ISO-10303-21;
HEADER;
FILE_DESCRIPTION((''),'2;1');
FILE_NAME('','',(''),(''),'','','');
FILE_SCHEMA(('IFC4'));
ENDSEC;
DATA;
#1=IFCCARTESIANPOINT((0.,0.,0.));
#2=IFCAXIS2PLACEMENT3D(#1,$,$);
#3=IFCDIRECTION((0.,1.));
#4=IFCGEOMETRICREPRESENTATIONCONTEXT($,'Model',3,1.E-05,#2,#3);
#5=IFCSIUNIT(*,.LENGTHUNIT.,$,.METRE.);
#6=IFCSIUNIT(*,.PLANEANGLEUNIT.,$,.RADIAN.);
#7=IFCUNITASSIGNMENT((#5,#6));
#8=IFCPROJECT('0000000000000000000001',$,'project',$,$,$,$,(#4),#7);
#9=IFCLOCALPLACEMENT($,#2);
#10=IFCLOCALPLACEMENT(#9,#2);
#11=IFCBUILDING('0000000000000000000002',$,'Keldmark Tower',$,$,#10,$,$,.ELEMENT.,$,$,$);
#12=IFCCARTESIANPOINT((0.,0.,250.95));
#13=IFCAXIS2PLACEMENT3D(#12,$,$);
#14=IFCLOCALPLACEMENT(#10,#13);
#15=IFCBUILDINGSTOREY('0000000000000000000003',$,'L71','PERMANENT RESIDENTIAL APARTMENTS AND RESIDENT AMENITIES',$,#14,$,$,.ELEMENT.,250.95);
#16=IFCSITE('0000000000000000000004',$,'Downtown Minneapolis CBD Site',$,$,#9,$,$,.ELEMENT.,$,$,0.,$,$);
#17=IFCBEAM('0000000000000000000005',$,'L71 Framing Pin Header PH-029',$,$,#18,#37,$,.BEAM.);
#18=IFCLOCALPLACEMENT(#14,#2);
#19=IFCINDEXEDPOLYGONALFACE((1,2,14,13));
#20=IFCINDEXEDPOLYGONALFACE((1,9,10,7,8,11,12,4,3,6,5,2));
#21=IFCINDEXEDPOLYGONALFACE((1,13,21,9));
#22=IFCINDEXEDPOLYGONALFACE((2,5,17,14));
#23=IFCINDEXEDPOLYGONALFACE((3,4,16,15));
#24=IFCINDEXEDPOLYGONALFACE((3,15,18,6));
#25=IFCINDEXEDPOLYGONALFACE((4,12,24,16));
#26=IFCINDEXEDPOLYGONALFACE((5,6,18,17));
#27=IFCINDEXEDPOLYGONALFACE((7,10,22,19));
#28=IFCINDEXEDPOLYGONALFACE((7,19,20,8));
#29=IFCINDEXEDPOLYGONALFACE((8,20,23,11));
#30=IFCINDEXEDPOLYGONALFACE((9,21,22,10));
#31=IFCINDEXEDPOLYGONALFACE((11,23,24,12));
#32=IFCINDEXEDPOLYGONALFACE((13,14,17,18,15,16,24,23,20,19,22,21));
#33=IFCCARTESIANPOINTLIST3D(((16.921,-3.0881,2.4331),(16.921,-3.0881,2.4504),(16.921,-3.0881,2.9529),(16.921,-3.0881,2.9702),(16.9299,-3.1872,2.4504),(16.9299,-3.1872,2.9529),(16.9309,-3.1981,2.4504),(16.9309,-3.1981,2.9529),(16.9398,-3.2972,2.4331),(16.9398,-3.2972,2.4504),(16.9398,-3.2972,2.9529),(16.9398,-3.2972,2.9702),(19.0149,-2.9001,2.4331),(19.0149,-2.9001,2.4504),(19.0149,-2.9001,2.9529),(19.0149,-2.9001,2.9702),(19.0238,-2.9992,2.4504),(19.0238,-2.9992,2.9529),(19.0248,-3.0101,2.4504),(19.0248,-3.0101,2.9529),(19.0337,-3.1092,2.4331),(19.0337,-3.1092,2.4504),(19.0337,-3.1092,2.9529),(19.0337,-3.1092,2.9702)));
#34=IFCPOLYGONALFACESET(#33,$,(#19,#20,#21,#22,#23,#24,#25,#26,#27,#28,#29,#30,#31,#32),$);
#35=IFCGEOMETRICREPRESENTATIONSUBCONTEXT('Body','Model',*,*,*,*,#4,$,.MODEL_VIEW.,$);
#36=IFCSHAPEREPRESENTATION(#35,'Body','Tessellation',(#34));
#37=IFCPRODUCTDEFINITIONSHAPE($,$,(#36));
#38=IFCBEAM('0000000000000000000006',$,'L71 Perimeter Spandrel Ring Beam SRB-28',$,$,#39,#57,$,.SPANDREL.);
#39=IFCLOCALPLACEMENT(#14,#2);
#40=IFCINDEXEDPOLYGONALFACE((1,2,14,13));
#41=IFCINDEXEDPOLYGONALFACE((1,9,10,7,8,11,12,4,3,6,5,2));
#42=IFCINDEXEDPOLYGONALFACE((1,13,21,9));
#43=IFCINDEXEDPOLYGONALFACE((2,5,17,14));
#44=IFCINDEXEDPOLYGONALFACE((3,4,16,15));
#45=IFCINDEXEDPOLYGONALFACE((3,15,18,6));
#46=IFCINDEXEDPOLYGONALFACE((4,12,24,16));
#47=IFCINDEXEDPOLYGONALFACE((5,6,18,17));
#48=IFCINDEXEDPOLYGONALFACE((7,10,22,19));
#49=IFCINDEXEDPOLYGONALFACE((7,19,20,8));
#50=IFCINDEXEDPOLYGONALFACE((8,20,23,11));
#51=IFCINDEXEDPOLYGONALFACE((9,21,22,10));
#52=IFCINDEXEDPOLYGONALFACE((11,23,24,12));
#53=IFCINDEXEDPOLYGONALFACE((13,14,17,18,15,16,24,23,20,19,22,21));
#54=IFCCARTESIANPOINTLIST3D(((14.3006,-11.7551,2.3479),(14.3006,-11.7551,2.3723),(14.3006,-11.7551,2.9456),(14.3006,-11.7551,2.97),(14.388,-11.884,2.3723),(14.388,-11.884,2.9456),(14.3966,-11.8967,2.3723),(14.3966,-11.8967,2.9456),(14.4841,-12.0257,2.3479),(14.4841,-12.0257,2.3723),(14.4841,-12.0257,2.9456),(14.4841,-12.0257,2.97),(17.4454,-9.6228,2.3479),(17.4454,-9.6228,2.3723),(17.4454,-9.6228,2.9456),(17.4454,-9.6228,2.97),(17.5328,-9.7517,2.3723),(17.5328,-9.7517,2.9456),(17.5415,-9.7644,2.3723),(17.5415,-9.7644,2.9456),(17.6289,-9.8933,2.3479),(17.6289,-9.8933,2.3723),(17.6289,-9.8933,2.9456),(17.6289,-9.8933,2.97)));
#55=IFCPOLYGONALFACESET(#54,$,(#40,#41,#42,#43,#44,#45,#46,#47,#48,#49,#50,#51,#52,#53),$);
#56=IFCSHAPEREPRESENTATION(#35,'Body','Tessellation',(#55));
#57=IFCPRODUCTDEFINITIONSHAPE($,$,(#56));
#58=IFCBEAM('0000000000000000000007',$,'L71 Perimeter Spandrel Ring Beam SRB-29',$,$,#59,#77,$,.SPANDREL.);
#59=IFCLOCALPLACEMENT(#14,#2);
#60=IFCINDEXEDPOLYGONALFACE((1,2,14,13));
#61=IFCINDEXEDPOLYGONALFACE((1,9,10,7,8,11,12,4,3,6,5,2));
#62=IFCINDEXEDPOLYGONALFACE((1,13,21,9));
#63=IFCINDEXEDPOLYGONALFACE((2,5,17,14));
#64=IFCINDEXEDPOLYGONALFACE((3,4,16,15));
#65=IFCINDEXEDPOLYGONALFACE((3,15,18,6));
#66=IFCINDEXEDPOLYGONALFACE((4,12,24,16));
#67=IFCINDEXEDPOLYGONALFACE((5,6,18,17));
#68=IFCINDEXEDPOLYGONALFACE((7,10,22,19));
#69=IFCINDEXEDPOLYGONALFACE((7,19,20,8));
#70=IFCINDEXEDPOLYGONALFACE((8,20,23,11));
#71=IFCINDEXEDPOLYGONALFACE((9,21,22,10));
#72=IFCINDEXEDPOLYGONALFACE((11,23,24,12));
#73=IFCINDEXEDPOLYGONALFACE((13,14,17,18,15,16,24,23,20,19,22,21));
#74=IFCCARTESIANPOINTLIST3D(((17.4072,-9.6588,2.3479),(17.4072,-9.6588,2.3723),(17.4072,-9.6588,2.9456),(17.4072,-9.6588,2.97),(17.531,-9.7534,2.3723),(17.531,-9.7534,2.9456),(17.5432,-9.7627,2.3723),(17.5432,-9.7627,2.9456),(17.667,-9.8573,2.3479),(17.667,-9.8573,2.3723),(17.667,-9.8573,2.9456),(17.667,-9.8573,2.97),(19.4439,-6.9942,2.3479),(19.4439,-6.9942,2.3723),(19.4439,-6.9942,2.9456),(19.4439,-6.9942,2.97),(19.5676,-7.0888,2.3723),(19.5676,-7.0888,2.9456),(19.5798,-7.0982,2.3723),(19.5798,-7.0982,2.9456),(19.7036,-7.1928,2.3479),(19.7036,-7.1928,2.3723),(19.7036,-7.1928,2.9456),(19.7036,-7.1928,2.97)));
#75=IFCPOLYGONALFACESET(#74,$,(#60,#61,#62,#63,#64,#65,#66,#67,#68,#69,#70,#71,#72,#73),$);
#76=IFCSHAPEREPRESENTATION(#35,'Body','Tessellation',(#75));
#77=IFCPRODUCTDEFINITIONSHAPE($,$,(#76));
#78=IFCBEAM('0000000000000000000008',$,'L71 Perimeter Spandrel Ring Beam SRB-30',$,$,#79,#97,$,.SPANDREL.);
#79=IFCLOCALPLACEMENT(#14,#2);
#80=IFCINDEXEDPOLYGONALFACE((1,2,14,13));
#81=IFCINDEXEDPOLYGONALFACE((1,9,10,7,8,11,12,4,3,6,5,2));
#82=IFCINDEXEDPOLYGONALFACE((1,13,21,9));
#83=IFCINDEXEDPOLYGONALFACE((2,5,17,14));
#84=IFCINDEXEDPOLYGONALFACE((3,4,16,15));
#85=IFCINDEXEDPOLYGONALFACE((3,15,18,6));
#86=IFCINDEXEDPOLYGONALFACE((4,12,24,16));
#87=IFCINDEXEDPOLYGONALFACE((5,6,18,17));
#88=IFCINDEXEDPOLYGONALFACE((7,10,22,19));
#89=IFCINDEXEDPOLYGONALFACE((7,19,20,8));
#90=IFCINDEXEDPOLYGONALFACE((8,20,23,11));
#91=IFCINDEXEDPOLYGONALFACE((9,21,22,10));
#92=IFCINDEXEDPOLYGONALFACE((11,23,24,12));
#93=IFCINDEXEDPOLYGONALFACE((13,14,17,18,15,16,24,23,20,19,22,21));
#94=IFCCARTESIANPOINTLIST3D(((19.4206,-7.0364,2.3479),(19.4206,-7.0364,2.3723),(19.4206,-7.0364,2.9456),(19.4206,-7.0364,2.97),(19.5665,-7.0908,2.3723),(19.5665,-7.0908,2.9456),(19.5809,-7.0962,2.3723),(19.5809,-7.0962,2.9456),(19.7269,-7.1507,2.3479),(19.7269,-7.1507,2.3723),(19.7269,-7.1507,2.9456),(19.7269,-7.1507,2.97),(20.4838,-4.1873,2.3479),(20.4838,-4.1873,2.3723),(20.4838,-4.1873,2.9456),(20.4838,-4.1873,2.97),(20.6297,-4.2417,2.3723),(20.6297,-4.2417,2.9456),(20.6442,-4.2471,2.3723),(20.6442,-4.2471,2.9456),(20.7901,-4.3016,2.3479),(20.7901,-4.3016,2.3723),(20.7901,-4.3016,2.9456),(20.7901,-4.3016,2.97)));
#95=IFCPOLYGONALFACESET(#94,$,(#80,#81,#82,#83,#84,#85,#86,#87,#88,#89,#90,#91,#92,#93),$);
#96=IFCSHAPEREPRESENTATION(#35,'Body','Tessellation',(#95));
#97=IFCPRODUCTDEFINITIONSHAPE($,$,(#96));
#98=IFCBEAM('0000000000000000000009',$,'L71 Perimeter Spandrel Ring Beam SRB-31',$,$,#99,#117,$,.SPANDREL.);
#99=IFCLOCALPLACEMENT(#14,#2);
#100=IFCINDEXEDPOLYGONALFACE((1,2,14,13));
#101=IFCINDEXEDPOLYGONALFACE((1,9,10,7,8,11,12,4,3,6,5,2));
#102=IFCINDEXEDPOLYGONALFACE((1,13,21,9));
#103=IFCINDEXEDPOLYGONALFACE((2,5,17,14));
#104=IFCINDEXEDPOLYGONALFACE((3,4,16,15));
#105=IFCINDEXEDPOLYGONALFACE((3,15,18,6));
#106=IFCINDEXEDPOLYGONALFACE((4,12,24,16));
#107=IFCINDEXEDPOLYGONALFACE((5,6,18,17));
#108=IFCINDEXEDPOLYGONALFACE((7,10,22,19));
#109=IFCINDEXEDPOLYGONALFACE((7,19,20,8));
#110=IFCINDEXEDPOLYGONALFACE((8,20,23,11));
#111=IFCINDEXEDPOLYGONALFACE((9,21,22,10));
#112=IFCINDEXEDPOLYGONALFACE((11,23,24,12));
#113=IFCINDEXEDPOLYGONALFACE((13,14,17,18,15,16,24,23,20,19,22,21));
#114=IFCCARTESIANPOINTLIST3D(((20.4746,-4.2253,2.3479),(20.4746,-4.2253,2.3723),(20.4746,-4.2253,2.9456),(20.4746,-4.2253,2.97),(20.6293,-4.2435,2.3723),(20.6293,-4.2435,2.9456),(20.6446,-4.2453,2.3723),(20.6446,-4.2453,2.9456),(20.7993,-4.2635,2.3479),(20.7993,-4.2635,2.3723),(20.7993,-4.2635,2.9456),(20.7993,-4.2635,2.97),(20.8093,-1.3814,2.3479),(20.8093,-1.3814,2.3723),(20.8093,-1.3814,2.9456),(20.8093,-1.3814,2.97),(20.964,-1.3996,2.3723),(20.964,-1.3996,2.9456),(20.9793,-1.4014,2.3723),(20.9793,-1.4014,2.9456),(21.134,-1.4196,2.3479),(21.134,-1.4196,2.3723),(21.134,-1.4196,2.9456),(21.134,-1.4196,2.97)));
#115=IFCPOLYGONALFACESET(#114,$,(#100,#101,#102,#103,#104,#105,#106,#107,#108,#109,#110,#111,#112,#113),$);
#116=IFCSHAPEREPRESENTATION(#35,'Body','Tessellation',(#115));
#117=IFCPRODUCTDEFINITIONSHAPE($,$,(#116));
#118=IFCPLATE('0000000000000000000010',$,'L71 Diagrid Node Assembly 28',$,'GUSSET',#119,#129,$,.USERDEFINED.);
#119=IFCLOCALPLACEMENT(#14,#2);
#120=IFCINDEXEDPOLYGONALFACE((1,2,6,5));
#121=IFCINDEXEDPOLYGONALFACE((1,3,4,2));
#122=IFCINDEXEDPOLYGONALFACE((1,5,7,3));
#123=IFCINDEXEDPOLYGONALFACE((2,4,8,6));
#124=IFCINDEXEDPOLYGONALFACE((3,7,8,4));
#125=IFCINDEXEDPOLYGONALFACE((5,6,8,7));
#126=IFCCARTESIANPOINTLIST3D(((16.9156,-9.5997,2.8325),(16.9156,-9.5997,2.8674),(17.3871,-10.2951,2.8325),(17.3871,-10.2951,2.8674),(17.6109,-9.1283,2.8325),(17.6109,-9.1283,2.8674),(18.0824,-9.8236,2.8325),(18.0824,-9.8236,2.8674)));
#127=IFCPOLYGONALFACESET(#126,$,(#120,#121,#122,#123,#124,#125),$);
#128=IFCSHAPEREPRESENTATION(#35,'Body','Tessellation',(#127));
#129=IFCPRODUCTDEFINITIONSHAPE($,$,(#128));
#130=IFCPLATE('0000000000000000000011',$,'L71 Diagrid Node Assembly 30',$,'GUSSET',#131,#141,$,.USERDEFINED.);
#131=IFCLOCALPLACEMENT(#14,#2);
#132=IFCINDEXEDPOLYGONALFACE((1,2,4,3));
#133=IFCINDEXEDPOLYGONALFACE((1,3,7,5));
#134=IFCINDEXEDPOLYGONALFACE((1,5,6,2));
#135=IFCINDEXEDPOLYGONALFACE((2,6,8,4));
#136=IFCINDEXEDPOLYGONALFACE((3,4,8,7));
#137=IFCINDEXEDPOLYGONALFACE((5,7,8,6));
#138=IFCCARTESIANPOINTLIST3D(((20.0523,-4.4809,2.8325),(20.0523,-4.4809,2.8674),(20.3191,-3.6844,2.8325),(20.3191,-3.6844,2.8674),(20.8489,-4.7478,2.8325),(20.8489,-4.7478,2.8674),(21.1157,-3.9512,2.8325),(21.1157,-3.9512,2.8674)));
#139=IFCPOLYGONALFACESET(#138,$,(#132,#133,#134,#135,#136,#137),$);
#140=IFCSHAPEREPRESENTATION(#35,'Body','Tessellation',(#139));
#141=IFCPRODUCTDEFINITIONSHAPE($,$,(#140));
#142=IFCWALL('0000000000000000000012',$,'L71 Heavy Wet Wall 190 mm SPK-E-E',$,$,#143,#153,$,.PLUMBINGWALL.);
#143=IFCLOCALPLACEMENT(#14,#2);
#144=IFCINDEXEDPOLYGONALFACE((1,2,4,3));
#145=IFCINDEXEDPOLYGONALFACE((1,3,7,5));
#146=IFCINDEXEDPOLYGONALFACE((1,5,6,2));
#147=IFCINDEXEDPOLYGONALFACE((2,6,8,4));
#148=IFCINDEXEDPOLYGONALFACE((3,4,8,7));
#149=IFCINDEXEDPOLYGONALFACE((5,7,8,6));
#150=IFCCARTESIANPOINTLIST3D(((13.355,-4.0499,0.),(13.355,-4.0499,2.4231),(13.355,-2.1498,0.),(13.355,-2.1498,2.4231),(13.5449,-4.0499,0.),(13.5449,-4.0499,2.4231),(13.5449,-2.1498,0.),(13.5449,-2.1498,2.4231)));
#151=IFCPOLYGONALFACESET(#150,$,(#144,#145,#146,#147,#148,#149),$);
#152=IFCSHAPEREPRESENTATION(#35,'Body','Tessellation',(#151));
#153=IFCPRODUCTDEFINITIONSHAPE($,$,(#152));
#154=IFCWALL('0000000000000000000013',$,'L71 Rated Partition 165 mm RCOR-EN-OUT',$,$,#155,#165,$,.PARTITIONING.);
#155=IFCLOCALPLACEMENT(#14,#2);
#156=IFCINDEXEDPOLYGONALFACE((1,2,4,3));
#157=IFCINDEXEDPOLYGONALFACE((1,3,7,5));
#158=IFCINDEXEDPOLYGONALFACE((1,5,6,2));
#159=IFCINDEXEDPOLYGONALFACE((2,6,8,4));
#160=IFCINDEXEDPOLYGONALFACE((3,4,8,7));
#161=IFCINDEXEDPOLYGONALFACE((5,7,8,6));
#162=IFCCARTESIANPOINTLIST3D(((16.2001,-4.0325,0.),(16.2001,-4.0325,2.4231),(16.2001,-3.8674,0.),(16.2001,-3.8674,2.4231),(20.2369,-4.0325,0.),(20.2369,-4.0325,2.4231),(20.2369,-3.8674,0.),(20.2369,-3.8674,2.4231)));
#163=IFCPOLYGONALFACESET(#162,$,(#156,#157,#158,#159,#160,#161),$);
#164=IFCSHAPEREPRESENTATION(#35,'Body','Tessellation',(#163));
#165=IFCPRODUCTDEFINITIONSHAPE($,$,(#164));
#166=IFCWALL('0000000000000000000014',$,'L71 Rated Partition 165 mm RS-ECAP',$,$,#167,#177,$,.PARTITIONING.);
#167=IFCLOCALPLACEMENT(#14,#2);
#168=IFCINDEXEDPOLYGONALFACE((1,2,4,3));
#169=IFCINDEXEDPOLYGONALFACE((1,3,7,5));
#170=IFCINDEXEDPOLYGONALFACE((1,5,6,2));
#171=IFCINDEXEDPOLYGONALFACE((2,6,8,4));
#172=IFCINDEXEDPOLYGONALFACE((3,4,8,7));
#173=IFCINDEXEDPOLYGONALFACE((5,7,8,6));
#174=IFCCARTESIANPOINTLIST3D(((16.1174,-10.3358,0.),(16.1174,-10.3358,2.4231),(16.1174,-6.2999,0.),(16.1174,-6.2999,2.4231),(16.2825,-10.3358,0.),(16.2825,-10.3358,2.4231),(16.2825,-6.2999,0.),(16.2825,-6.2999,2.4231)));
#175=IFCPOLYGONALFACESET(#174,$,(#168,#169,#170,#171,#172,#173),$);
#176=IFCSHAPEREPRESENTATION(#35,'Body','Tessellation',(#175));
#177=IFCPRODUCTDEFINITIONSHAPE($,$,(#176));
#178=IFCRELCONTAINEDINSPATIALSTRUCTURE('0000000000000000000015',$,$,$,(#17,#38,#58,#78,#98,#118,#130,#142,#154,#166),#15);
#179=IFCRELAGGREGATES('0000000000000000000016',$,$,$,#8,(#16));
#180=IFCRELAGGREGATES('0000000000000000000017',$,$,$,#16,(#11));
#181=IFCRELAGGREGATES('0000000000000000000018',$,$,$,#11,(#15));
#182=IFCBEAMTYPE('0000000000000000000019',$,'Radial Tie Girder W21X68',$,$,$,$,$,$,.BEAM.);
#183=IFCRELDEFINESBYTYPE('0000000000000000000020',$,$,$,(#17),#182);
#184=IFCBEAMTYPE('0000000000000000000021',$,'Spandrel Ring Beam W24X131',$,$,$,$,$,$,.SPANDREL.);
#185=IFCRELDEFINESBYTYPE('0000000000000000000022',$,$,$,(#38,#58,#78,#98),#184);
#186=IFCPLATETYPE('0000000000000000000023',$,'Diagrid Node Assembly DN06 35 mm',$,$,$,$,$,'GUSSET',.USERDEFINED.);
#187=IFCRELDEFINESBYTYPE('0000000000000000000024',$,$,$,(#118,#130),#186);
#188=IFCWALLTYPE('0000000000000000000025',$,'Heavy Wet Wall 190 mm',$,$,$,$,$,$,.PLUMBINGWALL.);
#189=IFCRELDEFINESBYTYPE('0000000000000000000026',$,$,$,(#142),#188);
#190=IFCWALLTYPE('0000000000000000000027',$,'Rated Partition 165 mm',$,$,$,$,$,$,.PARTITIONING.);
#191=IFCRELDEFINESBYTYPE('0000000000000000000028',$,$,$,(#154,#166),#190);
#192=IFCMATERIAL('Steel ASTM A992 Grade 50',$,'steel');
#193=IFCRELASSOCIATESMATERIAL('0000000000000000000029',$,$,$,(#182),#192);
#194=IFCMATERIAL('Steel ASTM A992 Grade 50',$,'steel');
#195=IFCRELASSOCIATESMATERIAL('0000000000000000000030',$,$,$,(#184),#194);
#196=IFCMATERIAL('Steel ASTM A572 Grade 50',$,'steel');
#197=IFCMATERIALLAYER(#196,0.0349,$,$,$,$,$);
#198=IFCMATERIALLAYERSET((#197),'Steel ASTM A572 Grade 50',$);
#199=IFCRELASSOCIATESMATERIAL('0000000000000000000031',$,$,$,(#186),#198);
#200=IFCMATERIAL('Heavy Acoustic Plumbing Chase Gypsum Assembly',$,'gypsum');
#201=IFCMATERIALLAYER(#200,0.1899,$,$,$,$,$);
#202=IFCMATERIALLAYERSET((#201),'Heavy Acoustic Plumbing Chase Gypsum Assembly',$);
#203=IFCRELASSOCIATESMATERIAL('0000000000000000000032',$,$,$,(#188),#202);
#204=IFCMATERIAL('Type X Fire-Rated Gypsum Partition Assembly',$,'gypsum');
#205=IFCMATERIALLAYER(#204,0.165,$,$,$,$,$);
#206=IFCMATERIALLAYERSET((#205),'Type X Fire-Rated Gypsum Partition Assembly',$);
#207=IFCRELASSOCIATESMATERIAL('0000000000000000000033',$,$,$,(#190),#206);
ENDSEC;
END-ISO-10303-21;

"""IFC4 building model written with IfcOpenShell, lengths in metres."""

from ifc_helpers import new_model, si_unit, direction, frame, frame_2d, origin, origin_2d, place, context, subcontext, project, spatial, rectangle, i_section, extrude, material, layer, layer_set, material_profile, profile_set, type_object, element, save


model = new_model("IFC4")

# Units and contexts
model_context = context("Model", 3, precision=1e-05, world=origin(), true_north=direction((0.0, 1.0)))
body_context = subcontext(model_context, "Body", "Model", "MODEL_VIEW")
ifc_project = project(units=[si_unit("LENGTHUNIT", "METRE"), si_unit("PLANEANGLEUNIT", "RADIAN")], contexts=[model_context])

# Site, building, storey
site_placement = place(None, origin())
site = spatial("IfcSite", under=ifc_project, at=site_placement, Name="Downtown Minneapolis CBD Site", CompositionType="ELEMENT", RefElevation=0.0)
building_placement = place(site_placement, origin())
building = spatial("IfcBuilding", under=site, at=building_placement, Name="Keldmark Tower", CompositionType="ELEMENT")
storey_placement = place(building_placement, frame((0.0, 0.0, 250.95)))
storey = spatial("IfcBuildingStorey", under=building, at=storey_placement, Name="L71", Description="PERMANENT RESIDENTIAL APARTMENTS AND RESIDENT AMENITIES", CompositionType="ELEMENT", Elevation=250.95)

# Beams
ifc_material_1 = material(Name="Steel ASTM A992 Grade 50", Category="steel")
ifc_material_profile_1 = material_profile(ifc_material_1, i_section(OverallWidth=0.21, OverallDepth=0.5371, WebThickness=0.011, FlangeThickness=0.0173, at=origin_2d()), Name="W21X68")
ifc_profile_set_1 = profile_set([ifc_material_profile_1], Name="Steel ASTM A992 Grade 50")
beam_type_1 = type_object("IfcBeamType", Name="Radial Tie Girder W21X68", PredefinedType="BEAM", material=ifc_profile_set_1)
beam_1_placement = place(storey_placement, frame((16.9304, -3.1926, 2.7017), z_axis=(0.995994, 0.089415, 0.0), x_axis=(-0.089415, 0.995994, 0.0)))
element("IfcBeam", 1, at=beam_1_placement, inside=storey, type_object=beam_type_1, Name="L71 Framing Pin Header PH-029", PredefinedType="BEAM", context=body_context, shape_type="SweptSolid", body=[
    extrude(i_section(OverallWidth=0.21, OverallDepth=0.5371, WebThickness=0.011, FlangeThickness=0.0173, at=origin_2d()), origin(), (0.0, 0.0, 1.0), 2.1023),
])
ifc_material_2 = material(Name="Steel ASTM A992 Grade 50", Category="steel")
ifc_material_profile_2 = material_profile(ifc_material_2, i_section(OverallWidth=0.3269, OverallDepth=0.6221, WebThickness=0.0154, FlangeThickness=0.0244, at=origin_2d()), Name="W24X131")
ifc_profile_set_2 = profile_set([ifc_material_profile_2], Name="Steel ASTM A992 Grade 50")
beam_type_2 = type_object("IfcBeamType", Name="Spandrel Ring Beam W24X131", PredefinedType="SPANDREL", material=ifc_profile_set_2)
beam_2_placement = place(storey_placement, frame((14.3923, -11.8904, 2.6589), z_axis=(0.827675, 0.561208, 0.0), x_axis=(-0.561208, 0.827675, 0.0)))
element("IfcBeam", 2, at=beam_2_placement, inside=storey, type_object=beam_type_2, Name="L71 Perimeter Spandrel Ring Beam SRB-28", PredefinedType="SPANDREL", context=body_context, shape_type="SweptSolid", body=[
    extrude(i_section(OverallWidth=0.3269, OverallDepth=0.6221, WebThickness=0.0154, FlangeThickness=0.0244, at=origin_2d()), origin(), (0.0, 0.0, 1.0), 3.7996),
])
beam_3_placement = place(storey_placement, frame((17.5371, -9.7581, 2.6589), z_axis=(0.607266, 0.794498, 0.0), x_axis=(-0.794498, 0.607266, 0.0)))
element("IfcBeam", 3, at=beam_3_placement, inside=storey, type_object=beam_type_2, Name="L71 Perimeter Spandrel Ring Beam SRB-29", PredefinedType="SPANDREL", context=body_context, shape_type="SweptSolid", body=[
    extrude(i_section(OverallWidth=0.3269, OverallDepth=0.6221, WebThickness=0.0154, FlangeThickness=0.0244, at=origin_2d()), origin(), (0.0, 0.0, 1.0), 3.3538),
])
beam_4_placement = place(storey_placement, frame((19.5737, -7.0935, 2.6589), z_axis=(0.349627, 0.936889, 0.0), x_axis=(-0.936889, 0.349627, 0.0)))
element("IfcBeam", 4, at=beam_4_placement, inside=storey, type_object=beam_type_2, Name="L71 Perimeter Spandrel Ring Beam SRB-30", PredefinedType="SPANDREL", context=body_context, shape_type="SweptSolid", body=[
    extrude(i_section(OverallWidth=0.3269, OverallDepth=0.6221, WebThickness=0.0154, FlangeThickness=0.0244, at=origin_2d()), origin(), (0.0, 0.0, 1.0), 3.041),
])
beam_5_placement = place(storey_placement, frame((20.637, -4.2444, 2.6589), z_axis=(0.116886, 0.993145, 0.0), x_axis=(-0.993145, 0.116886, 0.0)))
element("IfcBeam", 5, at=beam_5_placement, inside=storey, type_object=beam_type_2, Name="L71 Perimeter Spandrel Ring Beam SRB-31", PredefinedType="SPANDREL", context=body_context, shape_type="SweptSolid", body=[
    extrude(i_section(OverallWidth=0.3269, OverallDepth=0.6221, WebThickness=0.0154, FlangeThickness=0.0244, at=origin_2d()), origin(), (0.0, 0.0, 1.0), 2.8635),
])

# Plates
ifc_material_3 = material(Name="Steel ASTM A572 Grade 50", Category="steel")
ifc_layer_1 = layer(ifc_material_3, 0.0349)
ifc_layer_set_1 = layer_set([ifc_layer_1], Name="Steel ASTM A572 Grade 50")
plate_type = type_object("IfcPlateType", Name="Diagrid Node Assembly DN06 35 mm", ElementType="GUSSET", PredefinedType="USERDEFINED", material=ifc_layer_set_1)
for number, where, z_axis, x_axis, name in (
    (6, (17.499, -9.7117, 2.8325), (0.0, 0.0, 1.0), (0.827669, 0.561217, 0.0), "L71 Diagrid Node Assembly 28"),
    (7, (20.584, -4.2161, 2.8325), (0.0, 0.0, 1.0), (0.317636, 0.948213, 0.0), "L71 Diagrid Node Assembly 30"),
):
    element("IfcPlate", number, at=place(storey_placement, frame(where, z_axis=z_axis, x_axis=x_axis)), inside=storey, type_object=plate_type, Name=name, ObjectType="GUSSET", PredefinedType="USERDEFINED", context=body_context, shape_type="SweptSolid", body=[
        extrude(rectangle(XDim=0.8401, YDim=0.8401, at=origin_2d()), origin(), (0.0, 0.0, 1.0), 0.0349),
    ])

# Walls
ifc_material_4 = material(Name="Heavy Acoustic Plumbing Chase Gypsum Assembly", Category="gypsum")
ifc_layer_2 = layer(ifc_material_4, 0.1899)
ifc_layer_set_2 = layer_set([ifc_layer_2], Name="Heavy Acoustic Plumbing Chase Gypsum Assembly")
wall_type_1 = type_object("IfcWallType", Name="Heavy Wet Wall 190 mm", PredefinedType="PLUMBINGWALL", material=ifc_layer_set_2)
wall_1_placement = place(storey_placement, frame((13.45, -4.05, 0.0), z_axis=(0.0, 0.0, 1.0), x_axis=(0.0, 1.0, 0.0)))
element("IfcWall", 8, at=wall_1_placement, inside=storey, type_object=wall_type_1, Name="L71 Heavy Wet Wall 190 mm SPK-E-E", PredefinedType="PLUMBINGWALL", context=body_context, shape_type="SweptSolid", body=[
    extrude(rectangle(XDim=1.9001, YDim=0.1899, at=frame_2d((0.9502, 0.0))), origin(), (0.0, 0.0, 1.0), 2.4231),
])
ifc_material_5 = material(Name="Type X Fire-Rated Gypsum Partition Assembly", Category="gypsum")
ifc_layer_3 = layer(ifc_material_5, 0.165)
ifc_layer_set_3 = layer_set([ifc_layer_3], Name="Type X Fire-Rated Gypsum Partition Assembly")
wall_type_2 = type_object("IfcWallType", Name="Rated Partition 165 mm", PredefinedType="PARTITIONING", material=ifc_layer_set_3)
wall_2_placement = place(storey_placement, frame((16.2, -3.95, 0.0), z_axis=(0.0, 0.0, 1.0), x_axis=(1.0, 0.0, 0.0)))
element("IfcWall", 9, at=wall_2_placement, inside=storey, type_object=wall_type_2, Name="L71 Rated Partition 165 mm RCOR-EN-OUT", PredefinedType="PARTITIONING", context=body_context, shape_type="SweptSolid", body=[
    extrude(rectangle(XDim=4.0369, YDim=0.165, at=frame_2d((2.0186, 0.0))), origin(), (0.0, 0.0, 1.0), 2.4231),
])

# Wall
wall_3_placement = place(storey_placement, frame((16.2, -10.3359, 0.0), z_axis=(0.0, 0.0, 1.0), x_axis=(0.0, 1.0, 0.0)))
element("IfcWall", 10, at=wall_3_placement, inside=storey, type_object=wall_type_2, Name="L71 Rated Partition 165 mm RS-ECAP", PredefinedType="PARTITIONING", context=body_context, shape_type="SweptSolid", body=[
    extrude(rectangle(XDim=4.0359, YDim=0.165, at=frame_2d((2.0181, 0.0))), origin(), (0.0, 0.0, 1.0), 2.4231),
])

save(model, "model.ifc")
